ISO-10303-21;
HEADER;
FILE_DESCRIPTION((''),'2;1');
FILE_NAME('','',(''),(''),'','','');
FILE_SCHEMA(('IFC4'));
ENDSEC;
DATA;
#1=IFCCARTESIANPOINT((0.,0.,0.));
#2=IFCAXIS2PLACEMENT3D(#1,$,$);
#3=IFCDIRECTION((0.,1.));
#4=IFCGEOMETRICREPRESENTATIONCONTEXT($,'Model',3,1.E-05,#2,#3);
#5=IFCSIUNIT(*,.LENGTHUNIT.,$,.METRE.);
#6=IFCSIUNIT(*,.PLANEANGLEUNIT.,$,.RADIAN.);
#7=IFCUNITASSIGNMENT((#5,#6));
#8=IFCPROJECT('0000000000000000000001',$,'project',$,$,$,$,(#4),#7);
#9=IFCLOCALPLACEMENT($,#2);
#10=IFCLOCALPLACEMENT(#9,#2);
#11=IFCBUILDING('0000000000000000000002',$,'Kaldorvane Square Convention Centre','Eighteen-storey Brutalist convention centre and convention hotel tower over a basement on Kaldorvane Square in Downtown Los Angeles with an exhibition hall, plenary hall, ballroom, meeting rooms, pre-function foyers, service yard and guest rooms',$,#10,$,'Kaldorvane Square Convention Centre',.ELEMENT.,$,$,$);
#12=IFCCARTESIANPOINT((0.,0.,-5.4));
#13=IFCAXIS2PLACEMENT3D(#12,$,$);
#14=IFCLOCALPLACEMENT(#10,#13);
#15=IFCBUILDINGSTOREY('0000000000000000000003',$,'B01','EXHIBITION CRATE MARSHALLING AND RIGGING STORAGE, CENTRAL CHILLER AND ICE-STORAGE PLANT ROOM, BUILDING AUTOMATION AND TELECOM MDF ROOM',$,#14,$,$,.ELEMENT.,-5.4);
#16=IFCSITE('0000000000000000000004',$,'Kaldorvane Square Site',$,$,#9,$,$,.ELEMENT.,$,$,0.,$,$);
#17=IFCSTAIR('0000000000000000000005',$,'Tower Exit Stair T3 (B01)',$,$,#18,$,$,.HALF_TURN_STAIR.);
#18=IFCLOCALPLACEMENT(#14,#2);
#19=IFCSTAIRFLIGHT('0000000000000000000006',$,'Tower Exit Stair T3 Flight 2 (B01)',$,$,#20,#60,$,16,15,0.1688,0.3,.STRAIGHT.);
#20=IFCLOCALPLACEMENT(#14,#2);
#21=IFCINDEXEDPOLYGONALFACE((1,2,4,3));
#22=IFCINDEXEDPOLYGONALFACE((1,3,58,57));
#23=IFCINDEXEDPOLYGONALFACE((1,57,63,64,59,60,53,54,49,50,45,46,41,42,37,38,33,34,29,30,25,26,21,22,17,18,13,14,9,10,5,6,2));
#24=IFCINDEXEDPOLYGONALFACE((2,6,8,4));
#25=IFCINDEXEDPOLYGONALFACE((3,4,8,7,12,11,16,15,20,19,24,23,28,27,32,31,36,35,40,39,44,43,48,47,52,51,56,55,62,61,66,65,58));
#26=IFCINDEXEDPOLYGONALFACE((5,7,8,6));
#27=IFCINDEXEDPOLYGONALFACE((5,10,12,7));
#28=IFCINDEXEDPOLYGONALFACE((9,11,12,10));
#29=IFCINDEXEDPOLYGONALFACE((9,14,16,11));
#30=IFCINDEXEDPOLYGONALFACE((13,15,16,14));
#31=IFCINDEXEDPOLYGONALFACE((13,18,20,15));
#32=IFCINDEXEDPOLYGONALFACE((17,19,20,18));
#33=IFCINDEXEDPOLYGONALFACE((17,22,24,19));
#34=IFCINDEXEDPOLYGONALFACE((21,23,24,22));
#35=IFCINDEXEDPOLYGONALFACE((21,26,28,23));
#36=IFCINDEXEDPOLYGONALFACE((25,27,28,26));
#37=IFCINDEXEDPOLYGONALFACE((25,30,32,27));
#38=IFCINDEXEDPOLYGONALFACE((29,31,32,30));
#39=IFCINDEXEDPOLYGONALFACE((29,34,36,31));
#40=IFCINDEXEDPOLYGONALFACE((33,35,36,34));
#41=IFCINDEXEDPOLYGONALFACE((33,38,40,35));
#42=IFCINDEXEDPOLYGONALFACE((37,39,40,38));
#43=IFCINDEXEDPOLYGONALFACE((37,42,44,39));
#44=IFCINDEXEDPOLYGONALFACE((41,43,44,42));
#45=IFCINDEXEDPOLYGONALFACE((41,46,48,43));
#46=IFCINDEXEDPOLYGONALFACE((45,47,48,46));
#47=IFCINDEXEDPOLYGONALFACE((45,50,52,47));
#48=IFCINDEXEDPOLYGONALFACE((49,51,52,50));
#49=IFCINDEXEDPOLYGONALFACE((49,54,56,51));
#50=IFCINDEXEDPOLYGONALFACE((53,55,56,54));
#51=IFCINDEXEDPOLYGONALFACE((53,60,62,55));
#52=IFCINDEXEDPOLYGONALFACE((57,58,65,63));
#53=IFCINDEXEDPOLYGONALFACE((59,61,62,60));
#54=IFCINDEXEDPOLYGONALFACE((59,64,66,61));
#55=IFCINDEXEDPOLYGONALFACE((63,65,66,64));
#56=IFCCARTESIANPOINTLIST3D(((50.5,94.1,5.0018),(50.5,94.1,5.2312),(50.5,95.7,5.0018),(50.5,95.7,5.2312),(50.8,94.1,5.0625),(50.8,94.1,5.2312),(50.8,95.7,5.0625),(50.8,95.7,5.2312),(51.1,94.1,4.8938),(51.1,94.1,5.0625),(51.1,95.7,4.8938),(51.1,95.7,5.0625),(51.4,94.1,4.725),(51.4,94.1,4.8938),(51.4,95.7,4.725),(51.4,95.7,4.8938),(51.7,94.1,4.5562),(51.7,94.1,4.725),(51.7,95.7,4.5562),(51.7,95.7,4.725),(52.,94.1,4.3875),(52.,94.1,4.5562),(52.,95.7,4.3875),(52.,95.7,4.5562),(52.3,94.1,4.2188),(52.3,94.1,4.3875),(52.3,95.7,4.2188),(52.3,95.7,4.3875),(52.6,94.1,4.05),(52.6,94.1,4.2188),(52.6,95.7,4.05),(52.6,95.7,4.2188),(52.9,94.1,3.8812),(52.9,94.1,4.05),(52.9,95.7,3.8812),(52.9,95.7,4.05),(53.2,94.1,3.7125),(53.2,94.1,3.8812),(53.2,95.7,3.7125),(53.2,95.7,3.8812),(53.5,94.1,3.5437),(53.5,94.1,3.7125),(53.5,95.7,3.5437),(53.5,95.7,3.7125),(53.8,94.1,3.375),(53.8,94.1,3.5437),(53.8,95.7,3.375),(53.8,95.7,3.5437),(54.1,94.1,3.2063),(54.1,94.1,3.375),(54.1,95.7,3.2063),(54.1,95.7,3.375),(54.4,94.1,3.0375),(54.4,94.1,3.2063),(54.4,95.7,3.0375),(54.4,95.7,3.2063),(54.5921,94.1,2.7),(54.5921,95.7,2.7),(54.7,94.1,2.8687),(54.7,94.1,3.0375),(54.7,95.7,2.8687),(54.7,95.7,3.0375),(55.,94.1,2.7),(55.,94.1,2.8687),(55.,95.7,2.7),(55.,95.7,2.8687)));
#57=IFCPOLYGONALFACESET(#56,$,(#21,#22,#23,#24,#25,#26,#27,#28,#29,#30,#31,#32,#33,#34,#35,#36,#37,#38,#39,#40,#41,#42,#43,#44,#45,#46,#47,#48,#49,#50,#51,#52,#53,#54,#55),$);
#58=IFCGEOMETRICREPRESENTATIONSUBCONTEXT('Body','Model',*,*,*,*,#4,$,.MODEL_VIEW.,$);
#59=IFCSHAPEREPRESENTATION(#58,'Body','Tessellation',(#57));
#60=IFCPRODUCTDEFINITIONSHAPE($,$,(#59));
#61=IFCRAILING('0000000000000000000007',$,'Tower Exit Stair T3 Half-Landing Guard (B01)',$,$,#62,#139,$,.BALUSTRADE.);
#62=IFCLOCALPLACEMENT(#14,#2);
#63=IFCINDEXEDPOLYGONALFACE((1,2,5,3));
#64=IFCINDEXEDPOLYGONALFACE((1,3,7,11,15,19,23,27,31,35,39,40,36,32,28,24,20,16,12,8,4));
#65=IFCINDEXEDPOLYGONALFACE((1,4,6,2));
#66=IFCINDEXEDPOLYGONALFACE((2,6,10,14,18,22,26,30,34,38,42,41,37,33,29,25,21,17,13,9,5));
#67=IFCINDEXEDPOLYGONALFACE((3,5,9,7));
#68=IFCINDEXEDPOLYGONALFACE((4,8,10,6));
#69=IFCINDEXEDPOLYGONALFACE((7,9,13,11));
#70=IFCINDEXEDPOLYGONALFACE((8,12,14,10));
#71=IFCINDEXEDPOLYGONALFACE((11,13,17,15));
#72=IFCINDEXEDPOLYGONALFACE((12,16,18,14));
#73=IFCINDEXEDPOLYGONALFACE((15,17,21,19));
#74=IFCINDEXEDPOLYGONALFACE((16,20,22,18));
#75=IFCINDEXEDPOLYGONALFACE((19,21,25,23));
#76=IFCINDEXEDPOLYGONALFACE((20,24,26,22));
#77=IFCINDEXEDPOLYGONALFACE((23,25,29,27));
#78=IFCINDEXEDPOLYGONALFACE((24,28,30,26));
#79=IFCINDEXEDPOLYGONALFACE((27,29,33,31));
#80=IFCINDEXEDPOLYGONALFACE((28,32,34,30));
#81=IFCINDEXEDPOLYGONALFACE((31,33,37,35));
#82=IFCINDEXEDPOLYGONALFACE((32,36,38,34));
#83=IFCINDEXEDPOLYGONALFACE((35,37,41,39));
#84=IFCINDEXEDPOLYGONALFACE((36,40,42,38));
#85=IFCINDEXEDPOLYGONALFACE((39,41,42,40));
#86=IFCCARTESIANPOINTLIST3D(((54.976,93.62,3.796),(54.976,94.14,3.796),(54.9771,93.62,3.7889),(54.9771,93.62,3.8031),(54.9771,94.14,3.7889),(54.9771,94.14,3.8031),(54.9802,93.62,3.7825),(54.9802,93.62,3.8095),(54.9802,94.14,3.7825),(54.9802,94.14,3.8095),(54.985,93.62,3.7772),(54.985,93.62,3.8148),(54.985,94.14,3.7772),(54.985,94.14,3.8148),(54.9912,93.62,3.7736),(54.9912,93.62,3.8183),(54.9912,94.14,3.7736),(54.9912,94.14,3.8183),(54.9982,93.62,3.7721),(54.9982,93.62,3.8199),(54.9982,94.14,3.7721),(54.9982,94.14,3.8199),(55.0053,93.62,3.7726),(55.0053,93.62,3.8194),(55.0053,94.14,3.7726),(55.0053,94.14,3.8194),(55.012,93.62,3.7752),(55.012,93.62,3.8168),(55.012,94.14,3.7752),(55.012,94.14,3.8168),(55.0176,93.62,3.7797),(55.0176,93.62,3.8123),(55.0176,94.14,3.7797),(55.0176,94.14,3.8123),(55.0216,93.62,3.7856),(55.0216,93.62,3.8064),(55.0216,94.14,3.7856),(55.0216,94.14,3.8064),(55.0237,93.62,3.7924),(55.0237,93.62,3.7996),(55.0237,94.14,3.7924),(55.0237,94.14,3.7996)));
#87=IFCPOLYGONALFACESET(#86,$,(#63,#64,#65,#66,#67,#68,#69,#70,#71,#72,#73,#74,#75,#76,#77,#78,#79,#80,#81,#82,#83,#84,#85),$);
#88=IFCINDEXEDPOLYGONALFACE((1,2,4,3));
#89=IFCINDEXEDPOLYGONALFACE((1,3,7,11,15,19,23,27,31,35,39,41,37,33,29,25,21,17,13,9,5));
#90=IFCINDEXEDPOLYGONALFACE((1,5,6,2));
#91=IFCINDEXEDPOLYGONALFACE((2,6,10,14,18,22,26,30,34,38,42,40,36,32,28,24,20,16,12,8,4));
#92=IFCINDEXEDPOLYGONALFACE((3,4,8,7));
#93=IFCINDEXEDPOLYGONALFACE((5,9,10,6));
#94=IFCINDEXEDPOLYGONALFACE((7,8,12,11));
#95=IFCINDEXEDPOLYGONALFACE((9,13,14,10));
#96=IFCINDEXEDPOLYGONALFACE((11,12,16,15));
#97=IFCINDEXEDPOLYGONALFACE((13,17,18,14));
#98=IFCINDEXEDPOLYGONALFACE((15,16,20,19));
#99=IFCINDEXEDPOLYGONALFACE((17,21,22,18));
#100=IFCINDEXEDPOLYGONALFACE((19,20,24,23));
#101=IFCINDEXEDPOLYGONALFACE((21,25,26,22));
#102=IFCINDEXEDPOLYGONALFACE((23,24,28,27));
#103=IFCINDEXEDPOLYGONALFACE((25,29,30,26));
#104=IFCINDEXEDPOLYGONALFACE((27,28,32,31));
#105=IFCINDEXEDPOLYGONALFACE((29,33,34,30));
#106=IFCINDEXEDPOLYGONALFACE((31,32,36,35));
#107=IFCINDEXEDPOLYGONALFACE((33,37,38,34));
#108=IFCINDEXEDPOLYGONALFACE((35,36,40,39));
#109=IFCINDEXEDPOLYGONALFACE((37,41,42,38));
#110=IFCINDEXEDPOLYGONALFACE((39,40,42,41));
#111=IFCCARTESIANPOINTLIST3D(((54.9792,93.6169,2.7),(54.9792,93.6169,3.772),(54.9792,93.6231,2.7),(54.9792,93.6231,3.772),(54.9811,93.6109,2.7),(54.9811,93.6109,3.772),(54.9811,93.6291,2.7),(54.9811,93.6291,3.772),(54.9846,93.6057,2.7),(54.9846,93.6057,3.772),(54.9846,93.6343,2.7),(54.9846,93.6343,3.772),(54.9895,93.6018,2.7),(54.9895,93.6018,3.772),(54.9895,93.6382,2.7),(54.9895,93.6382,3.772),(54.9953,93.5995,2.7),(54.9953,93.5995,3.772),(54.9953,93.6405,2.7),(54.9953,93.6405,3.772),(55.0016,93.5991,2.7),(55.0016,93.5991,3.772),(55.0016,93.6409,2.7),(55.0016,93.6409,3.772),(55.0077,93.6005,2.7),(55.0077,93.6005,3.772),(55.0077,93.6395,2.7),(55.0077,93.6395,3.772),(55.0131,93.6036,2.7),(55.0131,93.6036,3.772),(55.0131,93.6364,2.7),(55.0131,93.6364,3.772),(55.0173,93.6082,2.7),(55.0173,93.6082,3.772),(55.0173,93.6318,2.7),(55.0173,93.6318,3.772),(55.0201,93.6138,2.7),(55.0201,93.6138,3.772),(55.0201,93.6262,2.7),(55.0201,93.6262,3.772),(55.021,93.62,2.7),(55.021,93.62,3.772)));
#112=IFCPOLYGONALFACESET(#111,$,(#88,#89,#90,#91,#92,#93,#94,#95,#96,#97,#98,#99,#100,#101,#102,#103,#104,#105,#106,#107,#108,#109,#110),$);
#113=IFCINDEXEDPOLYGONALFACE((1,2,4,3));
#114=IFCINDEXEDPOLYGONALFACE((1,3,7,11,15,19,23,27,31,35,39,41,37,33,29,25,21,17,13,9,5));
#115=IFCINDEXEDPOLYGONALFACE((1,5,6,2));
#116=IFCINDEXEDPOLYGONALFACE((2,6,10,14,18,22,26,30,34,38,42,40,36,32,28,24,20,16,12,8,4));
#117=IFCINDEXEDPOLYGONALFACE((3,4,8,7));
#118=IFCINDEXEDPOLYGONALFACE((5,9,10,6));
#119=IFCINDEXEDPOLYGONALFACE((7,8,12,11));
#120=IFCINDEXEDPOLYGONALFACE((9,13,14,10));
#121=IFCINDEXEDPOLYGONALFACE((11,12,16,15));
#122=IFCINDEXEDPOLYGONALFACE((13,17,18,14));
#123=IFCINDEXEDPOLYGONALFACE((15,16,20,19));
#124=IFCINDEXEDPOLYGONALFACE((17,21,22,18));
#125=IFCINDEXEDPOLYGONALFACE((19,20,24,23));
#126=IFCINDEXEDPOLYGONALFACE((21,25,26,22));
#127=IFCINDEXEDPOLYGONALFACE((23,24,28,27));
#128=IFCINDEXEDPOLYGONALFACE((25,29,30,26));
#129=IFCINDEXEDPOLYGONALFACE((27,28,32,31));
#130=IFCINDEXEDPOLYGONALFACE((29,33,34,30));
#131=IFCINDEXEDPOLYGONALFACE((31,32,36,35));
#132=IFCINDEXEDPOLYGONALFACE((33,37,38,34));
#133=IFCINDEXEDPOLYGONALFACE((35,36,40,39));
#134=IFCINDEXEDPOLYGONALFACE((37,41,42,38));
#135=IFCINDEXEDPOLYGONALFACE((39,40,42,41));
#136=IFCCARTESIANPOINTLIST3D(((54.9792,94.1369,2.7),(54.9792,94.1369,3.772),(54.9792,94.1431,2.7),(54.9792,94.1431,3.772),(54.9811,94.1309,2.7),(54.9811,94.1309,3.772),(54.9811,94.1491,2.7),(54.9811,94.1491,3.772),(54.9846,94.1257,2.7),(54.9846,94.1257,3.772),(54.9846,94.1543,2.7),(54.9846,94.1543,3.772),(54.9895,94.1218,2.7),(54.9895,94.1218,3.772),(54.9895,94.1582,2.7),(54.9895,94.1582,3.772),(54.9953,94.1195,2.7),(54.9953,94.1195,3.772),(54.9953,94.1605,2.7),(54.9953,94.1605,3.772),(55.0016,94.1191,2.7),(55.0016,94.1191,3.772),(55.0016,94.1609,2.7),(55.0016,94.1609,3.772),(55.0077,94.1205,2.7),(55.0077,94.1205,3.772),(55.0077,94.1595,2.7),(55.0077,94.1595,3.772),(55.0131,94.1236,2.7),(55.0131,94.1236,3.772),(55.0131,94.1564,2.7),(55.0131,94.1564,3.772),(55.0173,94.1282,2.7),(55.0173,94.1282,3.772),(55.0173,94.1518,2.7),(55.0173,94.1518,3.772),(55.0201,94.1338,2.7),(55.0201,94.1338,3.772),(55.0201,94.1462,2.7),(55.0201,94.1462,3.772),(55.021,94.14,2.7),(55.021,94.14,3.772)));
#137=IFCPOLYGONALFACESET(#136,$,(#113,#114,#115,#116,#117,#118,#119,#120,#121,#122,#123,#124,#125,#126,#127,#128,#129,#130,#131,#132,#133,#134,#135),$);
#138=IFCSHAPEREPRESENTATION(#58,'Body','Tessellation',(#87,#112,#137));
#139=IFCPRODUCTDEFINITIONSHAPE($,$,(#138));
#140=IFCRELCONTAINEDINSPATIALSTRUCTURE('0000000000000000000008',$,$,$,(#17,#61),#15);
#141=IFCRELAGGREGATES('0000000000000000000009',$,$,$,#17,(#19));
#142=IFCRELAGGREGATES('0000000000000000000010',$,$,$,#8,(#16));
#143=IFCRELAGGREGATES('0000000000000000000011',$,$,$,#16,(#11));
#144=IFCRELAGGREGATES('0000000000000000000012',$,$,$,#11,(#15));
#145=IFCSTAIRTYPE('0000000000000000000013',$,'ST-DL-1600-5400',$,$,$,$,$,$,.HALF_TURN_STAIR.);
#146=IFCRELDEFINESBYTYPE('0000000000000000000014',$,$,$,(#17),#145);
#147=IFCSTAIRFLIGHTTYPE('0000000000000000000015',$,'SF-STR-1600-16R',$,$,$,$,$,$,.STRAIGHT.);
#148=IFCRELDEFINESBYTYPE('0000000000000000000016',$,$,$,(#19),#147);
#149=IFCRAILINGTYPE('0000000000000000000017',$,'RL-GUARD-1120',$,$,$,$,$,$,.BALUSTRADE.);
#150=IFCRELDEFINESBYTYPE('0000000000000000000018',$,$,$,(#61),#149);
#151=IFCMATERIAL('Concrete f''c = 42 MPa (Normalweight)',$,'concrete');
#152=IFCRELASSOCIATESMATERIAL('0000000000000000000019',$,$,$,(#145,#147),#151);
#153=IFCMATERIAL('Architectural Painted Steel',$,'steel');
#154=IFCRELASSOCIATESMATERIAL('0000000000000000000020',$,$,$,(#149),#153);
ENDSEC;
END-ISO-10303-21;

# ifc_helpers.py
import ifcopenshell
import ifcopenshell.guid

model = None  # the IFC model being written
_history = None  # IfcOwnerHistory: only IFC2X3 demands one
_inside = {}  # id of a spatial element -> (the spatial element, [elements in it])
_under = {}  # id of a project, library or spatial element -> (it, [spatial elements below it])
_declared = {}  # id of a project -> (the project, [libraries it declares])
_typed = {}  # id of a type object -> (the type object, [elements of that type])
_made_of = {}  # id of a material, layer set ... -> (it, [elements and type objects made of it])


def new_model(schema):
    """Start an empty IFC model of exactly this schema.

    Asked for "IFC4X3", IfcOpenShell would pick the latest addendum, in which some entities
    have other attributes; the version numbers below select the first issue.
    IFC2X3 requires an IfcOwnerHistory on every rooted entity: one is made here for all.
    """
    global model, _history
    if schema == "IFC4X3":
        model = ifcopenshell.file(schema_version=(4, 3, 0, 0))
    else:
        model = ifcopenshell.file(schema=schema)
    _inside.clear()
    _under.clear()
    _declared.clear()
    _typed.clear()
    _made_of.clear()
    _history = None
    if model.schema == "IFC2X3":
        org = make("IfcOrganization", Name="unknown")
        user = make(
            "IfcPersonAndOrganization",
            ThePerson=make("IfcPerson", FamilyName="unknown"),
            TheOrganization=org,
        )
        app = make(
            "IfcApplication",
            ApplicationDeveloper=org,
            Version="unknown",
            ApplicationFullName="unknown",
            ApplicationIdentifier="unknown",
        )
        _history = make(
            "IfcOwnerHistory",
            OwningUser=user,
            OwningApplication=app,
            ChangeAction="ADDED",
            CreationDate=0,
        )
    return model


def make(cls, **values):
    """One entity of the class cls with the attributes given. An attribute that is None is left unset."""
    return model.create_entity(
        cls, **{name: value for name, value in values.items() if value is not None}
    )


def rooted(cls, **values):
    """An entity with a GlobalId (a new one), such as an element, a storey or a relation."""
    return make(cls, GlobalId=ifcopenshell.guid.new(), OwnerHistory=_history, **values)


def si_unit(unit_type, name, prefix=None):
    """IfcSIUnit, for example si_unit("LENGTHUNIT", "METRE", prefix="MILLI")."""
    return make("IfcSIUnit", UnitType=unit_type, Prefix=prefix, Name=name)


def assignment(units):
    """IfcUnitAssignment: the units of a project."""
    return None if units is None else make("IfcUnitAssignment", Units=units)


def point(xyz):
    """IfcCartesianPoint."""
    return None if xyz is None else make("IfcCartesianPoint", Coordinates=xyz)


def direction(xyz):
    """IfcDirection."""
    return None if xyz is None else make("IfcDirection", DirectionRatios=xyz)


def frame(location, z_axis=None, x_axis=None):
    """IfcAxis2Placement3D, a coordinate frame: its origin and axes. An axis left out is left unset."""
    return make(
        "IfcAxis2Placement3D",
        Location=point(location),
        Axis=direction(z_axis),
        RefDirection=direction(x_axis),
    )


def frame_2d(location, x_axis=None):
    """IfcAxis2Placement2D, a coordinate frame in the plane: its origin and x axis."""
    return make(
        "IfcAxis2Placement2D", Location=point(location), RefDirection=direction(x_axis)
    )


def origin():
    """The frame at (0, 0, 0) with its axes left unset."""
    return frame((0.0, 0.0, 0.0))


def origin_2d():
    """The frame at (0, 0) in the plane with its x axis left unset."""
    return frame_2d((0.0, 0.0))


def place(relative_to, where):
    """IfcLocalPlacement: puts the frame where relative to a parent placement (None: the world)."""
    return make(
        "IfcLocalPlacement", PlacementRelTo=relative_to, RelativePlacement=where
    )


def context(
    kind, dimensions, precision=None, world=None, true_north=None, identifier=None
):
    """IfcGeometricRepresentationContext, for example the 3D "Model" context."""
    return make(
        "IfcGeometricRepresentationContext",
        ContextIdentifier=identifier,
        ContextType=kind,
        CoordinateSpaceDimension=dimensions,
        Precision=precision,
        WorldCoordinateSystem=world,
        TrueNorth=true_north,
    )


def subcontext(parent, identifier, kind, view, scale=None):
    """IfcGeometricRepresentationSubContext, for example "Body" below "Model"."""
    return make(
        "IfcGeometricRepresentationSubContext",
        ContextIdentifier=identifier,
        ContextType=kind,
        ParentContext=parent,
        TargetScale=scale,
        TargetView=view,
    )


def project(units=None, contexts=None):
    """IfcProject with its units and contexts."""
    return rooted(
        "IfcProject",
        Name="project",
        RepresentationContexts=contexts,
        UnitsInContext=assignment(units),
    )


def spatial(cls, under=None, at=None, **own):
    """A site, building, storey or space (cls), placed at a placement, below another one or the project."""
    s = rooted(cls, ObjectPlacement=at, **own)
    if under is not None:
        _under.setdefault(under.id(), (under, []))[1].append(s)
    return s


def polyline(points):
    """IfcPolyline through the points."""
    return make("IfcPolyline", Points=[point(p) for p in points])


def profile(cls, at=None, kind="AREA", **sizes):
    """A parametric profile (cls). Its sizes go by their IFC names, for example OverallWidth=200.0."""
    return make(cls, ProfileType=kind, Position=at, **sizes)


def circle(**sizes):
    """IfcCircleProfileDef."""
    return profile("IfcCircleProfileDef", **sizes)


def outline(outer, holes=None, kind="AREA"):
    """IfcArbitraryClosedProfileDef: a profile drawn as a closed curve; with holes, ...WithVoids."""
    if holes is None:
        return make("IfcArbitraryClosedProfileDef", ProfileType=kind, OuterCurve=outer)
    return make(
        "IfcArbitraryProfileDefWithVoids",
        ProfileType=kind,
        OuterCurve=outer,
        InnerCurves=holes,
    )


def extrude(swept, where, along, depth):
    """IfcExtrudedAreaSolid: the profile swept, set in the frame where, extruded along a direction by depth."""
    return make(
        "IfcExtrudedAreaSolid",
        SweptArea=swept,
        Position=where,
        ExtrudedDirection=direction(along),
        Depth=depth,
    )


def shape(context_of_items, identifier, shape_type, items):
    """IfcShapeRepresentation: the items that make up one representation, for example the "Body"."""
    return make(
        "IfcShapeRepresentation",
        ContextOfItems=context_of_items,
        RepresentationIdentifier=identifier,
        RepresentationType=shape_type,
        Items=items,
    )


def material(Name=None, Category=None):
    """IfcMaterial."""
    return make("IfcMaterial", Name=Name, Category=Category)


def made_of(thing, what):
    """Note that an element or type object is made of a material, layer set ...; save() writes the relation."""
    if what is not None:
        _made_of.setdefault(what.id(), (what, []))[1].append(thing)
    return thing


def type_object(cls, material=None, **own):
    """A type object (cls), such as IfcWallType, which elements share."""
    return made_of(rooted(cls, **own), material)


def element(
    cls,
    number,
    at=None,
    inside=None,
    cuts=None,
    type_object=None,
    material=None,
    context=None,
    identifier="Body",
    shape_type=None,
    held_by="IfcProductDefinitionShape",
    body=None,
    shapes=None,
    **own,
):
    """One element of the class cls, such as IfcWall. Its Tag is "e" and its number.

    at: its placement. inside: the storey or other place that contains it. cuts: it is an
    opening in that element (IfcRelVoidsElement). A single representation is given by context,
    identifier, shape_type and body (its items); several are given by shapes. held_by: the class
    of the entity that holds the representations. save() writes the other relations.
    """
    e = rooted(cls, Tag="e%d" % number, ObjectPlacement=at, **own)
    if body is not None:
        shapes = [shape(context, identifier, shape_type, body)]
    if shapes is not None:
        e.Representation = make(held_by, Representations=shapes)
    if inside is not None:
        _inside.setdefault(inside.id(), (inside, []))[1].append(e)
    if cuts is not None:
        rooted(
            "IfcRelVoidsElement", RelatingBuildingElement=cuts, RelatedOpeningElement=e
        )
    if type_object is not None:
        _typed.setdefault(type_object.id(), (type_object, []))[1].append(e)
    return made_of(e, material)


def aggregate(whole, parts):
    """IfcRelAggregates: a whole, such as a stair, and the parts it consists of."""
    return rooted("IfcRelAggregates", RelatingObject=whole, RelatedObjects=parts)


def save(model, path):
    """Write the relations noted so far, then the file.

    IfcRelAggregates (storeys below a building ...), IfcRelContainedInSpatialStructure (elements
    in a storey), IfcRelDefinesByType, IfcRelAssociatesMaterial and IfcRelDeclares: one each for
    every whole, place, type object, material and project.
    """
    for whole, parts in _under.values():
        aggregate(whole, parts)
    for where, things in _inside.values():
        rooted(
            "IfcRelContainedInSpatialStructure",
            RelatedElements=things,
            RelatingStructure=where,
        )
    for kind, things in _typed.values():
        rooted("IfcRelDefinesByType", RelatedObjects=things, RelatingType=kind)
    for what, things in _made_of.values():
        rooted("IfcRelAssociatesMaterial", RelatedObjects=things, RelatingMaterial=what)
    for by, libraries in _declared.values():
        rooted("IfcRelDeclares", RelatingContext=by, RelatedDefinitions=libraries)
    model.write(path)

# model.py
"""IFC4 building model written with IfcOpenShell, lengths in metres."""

from ifc_helpers import new_model, si_unit, direction, frame, origin, origin_2d, place, context, subcontext, project, spatial, polyline, circle, outline, extrude, material, type_object, element, aggregate, save


model = new_model("IFC4")

# Units and contexts
model_context = context("Model", 3, precision=1e-05, world=origin(), true_north=direction((0.0, 1.0)))
body_context = subcontext(model_context, "Body", "Model", "MODEL_VIEW")
ifc_project = project(units=[si_unit("LENGTHUNIT", "METRE"), si_unit("PLANEANGLEUNIT", "RADIAN")], contexts=[model_context])

# Site, building, storey
site_placement = place(None, origin())
site = spatial("IfcSite", under=ifc_project, at=site_placement, Name="Kaldorvane Square Site", CompositionType="ELEMENT", RefElevation=0.0)
building_placement = place(site_placement, origin())
building = spatial("IfcBuilding", under=site, at=building_placement, Name="Kaldorvane Square Convention Centre", Description="Eighteen-storey Brutalist convention centre and convention hotel tower over a basement on Kaldorvane Square in Downtown Los Angeles with an exhibition hall, plenary hall, ballroom, meeting rooms, pre-function foyers, service yard and guest rooms", LongName="Kaldorvane Square Convention Centre", CompositionType="ELEMENT")
storey_placement = place(building_placement, frame((0.0, 0.0, -5.4)))
storey = spatial("IfcBuildingStorey", under=building, at=storey_placement, Name="B01", Description="EXHIBITION CRATE MARSHALLING AND RIGGING STORAGE, CENTRAL CHILLER AND ICE-STORAGE PLANT ROOM, BUILDING AUTOMATION AND TELECOM MDF ROOM", CompositionType="ELEMENT", Elevation=-5.4)

# Shared definitions
ifc_material_1 = material(Name="Concrete f'c = 42 MPa (Normalweight)", Category="concrete")

# Stair, stair flight
stair_type = type_object("IfcStairType", Name="ST-DL-1600-5400", PredefinedType="HALF_TURN_STAIR", material=ifc_material_1)
stair_placement = place(storey_placement, origin())
stair = element("IfcStair", 1, at=stair_placement, inside=storey, type_object=stair_type, Name="Tower Exit Stair T3 (B01)", PredefinedType="HALF_TURN_STAIR")
stair_flight_type = type_object("IfcStairFlightType", Name="SF-STR-1600-16R", PredefinedType="STRAIGHT", material=ifc_material_1)
stair_flight_placement = place(storey_placement, frame((55.0, 94.9, 2.7), z_axis=(0.0, 0.0, 1.0), x_axis=(-1.0, 0.0, 0.0)))
stair_flight = element("IfcStairFlight", 2, at=stair_flight_placement, type_object=stair_flight_type, Name="Tower Exit Stair T3 Flight 2 (B01)", NumberOfRisers=16, NumberOfTreads=15, PredefinedType="STRAIGHT", RiserHeight=0.1688, TreadLength=0.3, context=body_context, shape_type="SweptSolid", body=[
    extrude(outline(polyline([(0.0, 0.0), (0.0, 0.1687), (0.3, 0.1687), (0.3, 0.3375), (0.6, 0.3375), (0.6, 0.5063), (0.9, 0.5063), (0.9, 0.675), (1.2, 0.675), (1.2, 0.8438), (1.5, 0.8438), (1.5, 1.0125), (1.8, 1.0125), (1.8, 1.1812), (2.1, 1.1812), (2.1, 1.35), (2.4, 1.35), (2.4, 1.5188), (2.7, 1.5188), (2.7, 1.6875), (3.0, 1.6875), (3.0, 1.8562), (3.3, 1.8562), (3.3, 2.025), (3.6, 2.025), (3.6, 2.1938), (3.9, 2.1938), (3.9, 2.3625), (4.2, 2.3625), (4.2, 2.5312), (4.5, 2.5312), (4.5, 2.7), (4.5, 2.3018), (0.4079, 0.0), (0.0, 0.0)])), frame((0.0, 0.8, 0.0), z_axis=(0.0, -1.0, 0.0), x_axis=(1.0, 0.0, 0.0)), (0.0, 0.0, 1.0), 1.6),
])
aggregate(stair, [stair_flight])

# Railing
ifc_material_2 = material(Name="Architectural Painted Steel", Category="steel")
railing_type_1 = type_object("IfcRailingType", Name="RL-GUARD-1120", PredefinedType="BALUSTRADE", material=ifc_material_2)
railing_1_placement = place(storey_placement, frame((55.0, 93.62, 2.7)))
element("IfcRailing", 3, at=railing_1_placement, inside=storey, type_object=railing_type_1, Name="Tower Exit Stair T3 Half-Landing Guard (B01)", PredefinedType="BALUSTRADE", context=body_context, shape_type="SweptSolid", body=[
    extrude(circle(Radius=0.024, at=origin_2d()), frame((0.0, 0.0, 1.096), z_axis=(0.0, 1.0, 0.0), x_axis=(-1.0, 0.0, 0.0)), (0.0, 0.0, 1.0), 0.52),
    extrude(circle(Radius=0.021, at=origin_2d()), origin(), (0.0, 0.0, 1.0), 1.072),
    extrude(circle(Radius=0.021, at=origin_2d()), frame((0.0, 0.52, 0.0)), (0.0, 0.0, 1.0), 1.072),
])

save(model, "model.ifc")
